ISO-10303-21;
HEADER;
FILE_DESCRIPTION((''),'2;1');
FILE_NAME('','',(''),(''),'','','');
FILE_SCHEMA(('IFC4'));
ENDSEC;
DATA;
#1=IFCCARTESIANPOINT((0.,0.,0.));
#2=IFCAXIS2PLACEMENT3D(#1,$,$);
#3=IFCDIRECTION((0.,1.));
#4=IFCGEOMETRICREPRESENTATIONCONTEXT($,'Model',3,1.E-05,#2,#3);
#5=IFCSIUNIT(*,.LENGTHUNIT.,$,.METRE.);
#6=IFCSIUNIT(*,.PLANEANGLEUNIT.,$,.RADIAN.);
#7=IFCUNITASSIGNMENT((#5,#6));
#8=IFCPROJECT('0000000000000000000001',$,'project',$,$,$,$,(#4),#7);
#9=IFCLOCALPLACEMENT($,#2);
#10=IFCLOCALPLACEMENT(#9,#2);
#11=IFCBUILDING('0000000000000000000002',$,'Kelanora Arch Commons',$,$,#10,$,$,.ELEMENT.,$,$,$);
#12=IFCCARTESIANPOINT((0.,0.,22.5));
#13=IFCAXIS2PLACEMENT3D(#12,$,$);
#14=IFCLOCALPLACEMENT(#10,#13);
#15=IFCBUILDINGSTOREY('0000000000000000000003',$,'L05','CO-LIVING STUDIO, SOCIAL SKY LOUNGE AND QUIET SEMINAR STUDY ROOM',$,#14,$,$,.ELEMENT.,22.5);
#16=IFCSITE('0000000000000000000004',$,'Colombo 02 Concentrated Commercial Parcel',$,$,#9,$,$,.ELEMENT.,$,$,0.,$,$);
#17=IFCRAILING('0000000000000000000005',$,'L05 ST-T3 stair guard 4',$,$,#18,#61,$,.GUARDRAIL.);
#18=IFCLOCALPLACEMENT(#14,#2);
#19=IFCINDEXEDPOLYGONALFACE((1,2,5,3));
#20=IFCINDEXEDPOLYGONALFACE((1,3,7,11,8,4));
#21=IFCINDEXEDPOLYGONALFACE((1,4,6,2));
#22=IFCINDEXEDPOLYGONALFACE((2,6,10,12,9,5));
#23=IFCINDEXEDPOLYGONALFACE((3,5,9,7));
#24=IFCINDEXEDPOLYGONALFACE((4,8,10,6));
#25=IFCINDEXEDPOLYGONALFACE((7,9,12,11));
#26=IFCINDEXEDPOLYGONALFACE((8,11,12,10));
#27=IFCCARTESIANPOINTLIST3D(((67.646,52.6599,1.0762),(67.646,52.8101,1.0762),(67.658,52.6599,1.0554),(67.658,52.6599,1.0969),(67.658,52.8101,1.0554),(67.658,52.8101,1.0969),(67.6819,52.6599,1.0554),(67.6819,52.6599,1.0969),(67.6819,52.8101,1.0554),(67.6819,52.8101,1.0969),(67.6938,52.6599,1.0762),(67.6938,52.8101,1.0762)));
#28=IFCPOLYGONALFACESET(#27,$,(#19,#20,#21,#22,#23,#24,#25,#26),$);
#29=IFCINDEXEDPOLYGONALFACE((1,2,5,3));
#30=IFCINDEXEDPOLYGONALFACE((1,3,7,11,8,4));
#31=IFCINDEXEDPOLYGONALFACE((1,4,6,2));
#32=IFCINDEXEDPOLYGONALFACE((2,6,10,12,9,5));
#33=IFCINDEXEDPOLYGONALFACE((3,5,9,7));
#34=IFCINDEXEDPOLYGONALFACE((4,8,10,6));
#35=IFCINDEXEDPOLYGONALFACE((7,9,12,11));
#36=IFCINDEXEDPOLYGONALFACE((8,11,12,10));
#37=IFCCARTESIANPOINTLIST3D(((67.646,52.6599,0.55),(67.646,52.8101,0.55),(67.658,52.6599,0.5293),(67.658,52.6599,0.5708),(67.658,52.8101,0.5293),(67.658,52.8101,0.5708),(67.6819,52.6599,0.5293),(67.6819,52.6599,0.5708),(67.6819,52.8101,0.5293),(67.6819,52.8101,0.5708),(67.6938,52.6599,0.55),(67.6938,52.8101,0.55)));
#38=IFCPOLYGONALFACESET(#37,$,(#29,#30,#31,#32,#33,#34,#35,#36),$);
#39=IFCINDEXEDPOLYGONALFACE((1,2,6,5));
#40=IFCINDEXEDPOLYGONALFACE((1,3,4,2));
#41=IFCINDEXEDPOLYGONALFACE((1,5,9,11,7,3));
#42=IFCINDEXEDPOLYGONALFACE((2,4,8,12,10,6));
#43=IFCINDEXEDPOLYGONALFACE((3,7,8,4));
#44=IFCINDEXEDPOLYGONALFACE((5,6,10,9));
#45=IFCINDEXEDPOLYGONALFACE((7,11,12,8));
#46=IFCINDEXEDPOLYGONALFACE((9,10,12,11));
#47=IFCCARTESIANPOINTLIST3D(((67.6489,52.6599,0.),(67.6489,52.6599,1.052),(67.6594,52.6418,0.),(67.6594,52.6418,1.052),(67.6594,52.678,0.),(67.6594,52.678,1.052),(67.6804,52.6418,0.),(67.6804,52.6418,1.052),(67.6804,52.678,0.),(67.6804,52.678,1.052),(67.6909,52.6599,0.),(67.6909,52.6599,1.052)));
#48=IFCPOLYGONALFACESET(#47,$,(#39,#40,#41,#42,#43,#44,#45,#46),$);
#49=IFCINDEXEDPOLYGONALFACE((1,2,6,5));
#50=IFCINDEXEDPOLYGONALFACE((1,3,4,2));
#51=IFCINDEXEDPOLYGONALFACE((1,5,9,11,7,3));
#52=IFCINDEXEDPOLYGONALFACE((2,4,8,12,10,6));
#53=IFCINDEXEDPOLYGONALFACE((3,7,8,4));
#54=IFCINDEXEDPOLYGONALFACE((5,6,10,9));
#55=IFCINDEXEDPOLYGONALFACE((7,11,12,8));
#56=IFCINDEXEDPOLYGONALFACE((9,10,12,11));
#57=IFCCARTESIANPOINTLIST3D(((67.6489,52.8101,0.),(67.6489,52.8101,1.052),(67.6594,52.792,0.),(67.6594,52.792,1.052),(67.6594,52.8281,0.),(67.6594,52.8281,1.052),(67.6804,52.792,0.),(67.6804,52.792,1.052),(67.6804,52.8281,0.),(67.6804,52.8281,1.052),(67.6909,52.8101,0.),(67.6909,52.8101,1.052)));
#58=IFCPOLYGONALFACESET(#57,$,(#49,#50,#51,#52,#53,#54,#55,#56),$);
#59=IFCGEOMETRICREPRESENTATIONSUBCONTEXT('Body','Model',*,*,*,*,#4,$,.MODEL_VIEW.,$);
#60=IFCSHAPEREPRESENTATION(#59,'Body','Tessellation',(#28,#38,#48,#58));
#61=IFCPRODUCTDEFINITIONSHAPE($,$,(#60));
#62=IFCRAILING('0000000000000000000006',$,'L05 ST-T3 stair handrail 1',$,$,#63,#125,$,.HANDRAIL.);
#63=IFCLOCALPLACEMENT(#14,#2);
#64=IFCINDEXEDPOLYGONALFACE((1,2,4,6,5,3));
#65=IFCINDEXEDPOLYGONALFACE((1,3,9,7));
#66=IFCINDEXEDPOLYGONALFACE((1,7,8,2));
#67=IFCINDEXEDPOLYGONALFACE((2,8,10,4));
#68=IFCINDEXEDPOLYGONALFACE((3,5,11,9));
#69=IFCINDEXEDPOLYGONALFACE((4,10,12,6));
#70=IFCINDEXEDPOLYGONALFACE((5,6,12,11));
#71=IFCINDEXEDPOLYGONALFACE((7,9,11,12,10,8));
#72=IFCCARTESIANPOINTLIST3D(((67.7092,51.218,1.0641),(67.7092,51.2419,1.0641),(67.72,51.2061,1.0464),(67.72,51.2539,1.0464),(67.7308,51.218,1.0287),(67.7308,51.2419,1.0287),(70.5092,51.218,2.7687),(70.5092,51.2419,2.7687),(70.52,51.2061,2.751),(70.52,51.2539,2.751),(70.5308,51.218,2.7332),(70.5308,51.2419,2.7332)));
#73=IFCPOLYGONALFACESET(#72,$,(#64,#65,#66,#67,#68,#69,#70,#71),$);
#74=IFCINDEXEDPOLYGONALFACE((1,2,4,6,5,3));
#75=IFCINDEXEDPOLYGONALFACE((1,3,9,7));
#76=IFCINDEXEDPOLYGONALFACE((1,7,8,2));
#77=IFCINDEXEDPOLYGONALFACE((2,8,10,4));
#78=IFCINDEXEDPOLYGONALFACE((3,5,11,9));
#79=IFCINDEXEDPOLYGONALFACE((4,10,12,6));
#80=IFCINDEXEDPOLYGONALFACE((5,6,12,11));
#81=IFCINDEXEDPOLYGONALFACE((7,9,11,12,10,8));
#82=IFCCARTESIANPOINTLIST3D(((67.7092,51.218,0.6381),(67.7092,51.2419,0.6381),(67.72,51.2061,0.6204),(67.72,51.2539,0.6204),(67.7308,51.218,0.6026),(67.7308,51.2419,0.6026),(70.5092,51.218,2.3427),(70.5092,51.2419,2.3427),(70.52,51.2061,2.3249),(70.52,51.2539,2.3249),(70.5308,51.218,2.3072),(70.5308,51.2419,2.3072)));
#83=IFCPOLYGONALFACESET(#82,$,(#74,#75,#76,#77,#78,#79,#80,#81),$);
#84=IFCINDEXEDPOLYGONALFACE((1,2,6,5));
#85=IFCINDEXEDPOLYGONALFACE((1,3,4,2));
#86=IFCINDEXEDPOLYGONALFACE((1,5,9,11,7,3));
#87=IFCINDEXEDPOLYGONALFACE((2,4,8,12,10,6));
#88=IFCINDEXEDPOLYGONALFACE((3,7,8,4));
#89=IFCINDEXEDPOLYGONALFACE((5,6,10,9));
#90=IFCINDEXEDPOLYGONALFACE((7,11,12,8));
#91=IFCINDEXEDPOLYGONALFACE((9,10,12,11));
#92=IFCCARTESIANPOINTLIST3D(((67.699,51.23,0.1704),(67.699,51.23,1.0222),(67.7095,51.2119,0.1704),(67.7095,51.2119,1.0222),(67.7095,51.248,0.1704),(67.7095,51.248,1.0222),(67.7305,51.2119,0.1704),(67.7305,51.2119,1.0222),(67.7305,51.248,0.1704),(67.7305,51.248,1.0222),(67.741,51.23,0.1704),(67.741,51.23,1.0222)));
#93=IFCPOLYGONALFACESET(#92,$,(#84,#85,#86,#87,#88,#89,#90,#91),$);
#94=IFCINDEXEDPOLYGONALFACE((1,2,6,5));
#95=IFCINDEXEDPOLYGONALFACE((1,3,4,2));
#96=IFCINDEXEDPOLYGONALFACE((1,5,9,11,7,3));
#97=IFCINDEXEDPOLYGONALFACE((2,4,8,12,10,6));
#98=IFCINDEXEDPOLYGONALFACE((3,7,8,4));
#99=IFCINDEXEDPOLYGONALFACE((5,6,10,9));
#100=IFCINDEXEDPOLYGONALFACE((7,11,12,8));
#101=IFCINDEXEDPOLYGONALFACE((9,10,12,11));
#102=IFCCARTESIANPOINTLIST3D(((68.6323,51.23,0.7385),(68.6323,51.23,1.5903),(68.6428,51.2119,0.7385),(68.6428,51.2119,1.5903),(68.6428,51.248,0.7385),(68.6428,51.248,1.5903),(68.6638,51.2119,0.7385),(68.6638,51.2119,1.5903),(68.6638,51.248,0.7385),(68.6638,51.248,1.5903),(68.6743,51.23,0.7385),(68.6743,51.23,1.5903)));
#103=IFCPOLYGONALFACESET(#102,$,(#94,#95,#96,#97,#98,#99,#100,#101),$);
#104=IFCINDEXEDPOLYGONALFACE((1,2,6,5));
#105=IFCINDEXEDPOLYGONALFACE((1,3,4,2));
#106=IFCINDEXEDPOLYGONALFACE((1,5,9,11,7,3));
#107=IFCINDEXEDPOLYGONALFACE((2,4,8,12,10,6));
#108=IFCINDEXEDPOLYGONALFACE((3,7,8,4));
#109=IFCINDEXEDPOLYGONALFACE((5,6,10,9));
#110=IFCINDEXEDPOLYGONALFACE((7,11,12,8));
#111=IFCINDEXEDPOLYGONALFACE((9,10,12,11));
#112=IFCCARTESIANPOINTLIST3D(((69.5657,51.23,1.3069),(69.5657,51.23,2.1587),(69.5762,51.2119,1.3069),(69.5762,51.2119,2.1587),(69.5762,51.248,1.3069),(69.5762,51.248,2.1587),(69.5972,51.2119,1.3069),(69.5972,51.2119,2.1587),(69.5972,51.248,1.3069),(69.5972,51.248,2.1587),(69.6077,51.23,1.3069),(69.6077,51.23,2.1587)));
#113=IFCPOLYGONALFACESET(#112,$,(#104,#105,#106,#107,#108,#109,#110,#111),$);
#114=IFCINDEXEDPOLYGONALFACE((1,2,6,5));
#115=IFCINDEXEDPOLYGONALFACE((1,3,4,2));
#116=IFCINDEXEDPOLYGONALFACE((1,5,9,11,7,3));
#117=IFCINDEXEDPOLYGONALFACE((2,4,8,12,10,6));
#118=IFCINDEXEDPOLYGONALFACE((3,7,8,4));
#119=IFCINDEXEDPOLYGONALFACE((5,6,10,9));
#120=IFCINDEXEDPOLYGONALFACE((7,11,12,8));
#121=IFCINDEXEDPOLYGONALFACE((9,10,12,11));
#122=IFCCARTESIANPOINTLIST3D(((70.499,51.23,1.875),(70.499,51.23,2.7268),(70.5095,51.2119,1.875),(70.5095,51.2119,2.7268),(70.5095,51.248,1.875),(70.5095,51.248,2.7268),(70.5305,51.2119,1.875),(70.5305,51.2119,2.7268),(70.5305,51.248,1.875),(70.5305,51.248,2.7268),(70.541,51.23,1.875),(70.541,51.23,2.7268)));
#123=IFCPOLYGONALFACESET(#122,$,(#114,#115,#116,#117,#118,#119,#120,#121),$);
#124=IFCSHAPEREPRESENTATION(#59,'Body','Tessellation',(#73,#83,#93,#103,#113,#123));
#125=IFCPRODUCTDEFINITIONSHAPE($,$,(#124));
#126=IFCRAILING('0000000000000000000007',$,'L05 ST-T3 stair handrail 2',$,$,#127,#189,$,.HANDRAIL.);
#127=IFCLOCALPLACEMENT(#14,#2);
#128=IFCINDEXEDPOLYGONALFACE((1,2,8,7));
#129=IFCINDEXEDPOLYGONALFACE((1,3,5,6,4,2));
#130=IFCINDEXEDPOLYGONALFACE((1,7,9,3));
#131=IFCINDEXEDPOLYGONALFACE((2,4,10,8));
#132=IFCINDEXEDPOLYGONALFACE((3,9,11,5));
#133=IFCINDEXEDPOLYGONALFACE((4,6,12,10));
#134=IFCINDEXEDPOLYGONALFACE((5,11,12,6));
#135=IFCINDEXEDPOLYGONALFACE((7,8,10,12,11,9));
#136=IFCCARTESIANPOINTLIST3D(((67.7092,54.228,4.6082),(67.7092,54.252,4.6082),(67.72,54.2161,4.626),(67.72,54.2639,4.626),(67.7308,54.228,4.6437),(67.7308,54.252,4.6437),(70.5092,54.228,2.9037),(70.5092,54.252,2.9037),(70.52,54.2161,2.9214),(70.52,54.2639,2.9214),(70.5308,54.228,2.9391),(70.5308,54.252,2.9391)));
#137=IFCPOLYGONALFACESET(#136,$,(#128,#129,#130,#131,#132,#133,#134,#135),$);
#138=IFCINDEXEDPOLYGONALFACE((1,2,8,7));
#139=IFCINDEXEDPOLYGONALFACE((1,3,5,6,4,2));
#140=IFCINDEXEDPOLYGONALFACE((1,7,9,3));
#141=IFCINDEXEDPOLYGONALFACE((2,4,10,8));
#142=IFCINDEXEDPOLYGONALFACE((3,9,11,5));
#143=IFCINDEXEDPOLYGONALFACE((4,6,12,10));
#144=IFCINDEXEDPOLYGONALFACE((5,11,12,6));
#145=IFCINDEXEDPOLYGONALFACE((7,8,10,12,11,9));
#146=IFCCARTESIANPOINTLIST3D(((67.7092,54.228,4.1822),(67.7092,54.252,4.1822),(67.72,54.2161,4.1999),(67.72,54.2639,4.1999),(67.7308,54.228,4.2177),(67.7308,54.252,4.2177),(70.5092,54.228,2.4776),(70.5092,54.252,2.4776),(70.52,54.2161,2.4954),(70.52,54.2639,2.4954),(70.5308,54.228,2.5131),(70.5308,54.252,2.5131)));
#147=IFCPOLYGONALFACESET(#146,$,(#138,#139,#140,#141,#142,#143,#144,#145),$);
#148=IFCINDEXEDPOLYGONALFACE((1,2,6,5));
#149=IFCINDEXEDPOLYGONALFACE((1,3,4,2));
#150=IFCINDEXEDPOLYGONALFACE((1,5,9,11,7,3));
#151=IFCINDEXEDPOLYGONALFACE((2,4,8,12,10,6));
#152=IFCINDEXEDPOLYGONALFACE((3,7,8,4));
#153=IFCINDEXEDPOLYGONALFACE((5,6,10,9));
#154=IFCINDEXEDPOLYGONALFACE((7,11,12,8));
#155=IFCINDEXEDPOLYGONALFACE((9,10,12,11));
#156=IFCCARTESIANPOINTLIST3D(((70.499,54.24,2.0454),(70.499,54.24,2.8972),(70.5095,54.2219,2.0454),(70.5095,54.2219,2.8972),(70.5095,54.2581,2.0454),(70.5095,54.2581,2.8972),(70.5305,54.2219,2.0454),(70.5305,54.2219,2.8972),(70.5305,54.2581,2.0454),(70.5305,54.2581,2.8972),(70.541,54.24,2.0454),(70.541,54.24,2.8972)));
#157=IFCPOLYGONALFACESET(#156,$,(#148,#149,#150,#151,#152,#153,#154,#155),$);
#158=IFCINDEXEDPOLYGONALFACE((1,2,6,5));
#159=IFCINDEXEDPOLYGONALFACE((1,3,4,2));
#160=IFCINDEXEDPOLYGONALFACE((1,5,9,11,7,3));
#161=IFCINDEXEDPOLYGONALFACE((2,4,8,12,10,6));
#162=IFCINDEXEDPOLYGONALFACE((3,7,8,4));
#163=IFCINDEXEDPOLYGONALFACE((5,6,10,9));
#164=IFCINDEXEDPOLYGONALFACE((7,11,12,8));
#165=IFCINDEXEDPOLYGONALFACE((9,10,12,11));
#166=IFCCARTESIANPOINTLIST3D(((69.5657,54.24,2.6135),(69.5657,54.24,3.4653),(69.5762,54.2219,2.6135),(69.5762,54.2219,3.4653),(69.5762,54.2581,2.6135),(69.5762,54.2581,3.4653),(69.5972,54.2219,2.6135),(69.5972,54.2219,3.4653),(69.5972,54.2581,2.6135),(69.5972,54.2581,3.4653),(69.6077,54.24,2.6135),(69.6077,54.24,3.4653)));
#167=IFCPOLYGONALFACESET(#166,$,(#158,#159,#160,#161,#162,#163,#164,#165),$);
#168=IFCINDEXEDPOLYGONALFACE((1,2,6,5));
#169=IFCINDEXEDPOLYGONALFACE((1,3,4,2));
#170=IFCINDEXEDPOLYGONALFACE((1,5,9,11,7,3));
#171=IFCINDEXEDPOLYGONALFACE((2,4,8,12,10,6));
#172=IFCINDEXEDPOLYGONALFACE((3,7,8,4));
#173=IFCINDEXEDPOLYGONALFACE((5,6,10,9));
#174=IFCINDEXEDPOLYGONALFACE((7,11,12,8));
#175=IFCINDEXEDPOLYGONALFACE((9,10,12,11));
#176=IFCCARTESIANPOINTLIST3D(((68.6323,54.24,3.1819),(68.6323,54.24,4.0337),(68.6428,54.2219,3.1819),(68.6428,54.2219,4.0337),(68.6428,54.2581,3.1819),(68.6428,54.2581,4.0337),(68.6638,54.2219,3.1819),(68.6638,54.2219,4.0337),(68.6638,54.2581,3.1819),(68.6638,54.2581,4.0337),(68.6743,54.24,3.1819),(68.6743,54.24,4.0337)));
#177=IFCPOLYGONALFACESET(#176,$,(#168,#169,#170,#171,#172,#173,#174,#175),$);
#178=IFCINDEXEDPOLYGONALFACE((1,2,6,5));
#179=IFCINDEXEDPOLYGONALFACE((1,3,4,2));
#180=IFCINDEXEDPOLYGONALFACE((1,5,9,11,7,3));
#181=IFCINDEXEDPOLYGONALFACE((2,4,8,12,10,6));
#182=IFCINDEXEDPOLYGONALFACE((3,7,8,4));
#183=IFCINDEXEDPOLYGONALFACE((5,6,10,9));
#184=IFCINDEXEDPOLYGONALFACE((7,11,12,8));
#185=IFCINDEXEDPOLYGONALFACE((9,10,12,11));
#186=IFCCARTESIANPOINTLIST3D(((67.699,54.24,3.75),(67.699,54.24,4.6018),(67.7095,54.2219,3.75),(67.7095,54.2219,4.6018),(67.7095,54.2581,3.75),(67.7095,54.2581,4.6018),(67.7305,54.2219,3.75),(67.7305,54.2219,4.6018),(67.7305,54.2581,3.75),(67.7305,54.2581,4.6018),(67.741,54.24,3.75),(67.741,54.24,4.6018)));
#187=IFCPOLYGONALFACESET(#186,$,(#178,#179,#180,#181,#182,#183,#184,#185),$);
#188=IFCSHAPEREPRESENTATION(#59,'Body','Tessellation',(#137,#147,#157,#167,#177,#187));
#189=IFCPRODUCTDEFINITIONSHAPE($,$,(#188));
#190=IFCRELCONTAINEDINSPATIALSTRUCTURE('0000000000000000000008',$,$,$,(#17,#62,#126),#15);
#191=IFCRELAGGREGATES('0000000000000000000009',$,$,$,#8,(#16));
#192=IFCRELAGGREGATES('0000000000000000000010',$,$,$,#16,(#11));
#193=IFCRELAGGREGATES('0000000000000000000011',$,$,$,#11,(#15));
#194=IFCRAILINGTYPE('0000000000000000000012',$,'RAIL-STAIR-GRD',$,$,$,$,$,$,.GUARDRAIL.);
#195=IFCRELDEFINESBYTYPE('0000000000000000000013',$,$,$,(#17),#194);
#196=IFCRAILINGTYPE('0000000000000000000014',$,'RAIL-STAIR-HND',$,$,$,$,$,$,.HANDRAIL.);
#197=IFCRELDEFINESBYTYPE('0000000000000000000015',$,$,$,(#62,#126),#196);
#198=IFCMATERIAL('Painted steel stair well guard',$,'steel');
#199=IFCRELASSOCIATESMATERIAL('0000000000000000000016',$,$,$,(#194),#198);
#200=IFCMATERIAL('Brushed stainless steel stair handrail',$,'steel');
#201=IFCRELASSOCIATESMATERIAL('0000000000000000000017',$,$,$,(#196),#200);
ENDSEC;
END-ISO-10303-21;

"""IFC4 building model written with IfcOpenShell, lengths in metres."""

from ifc_helpers import new_model, si_unit, direction, frame, origin, place, context, subcontext, project, spatial, polyline, outline, extrude, material, type_object, element, save


model = new_model("IFC4")

# Units and contexts
model_context = context("Model", 3, precision=1e-05, world=origin(), true_north=direction((0.0, 1.0)))
body_context = subcontext(model_context, "Body", "Model", "MODEL_VIEW")
ifc_project = project(units=[si_unit("LENGTHUNIT", "METRE"), si_unit("PLANEANGLEUNIT", "RADIAN")], contexts=[model_context])

# Site, building, storey
site_placement = place(None, origin())
site = spatial("IfcSite", under=ifc_project, at=site_placement, Name="Colombo 02 Concentrated Commercial Parcel", CompositionType="ELEMENT", RefElevation=0.0)
building_placement = place(site_placement, origin())
building = spatial("IfcBuilding", under=site, at=building_placement, Name="Kelanora Arch Commons", CompositionType="ELEMENT")
storey_placement = place(building_placement, frame((0.0, 0.0, 22.5)))
storey = spatial("IfcBuildingStorey", under=building, at=storey_placement, Name="L05", Description="CO-LIVING STUDIO, SOCIAL SKY LOUNGE AND QUIET SEMINAR STUDY ROOM", CompositionType="ELEMENT", Elevation=22.5)

# Railings
ifc_material_1 = material(Name="Painted steel stair well guard", Category="steel")
railing_type_1 = type_object("IfcRailingType", Name="RAIL-STAIR-GRD", PredefinedType="GUARDRAIL", material=ifc_material_1)
railing_1_placement = place(storey_placement, frame((67.6699, 52.6599, 0.0)))
element("IfcRailing", 1, at=railing_1_placement, inside=storey, type_object=railing_type_1, Name="L05 ST-T3 stair guard 4", PredefinedType="GUARDRAIL", context=body_context, shape_type="SweptSolid", body=[
    extrude(outline(polyline([(0.0239, 0.0), (0.012, 0.0208), (-0.012, 0.0208), (-0.0239, 0.0), (-0.012, -0.0208), (0.012, -0.0208), (0.0239, 0.0)])), frame((0.0, 0.0, 1.0762), z_axis=(0.0, 1.0, 0.0), x_axis=(-1.0, 0.0, 0.0)), (0.0, 0.0, 1.0), 0.1501),
    extrude(outline(polyline([(0.0239, 0.0), (0.012, 0.0208), (-0.012, 0.0208), (-0.0239, 0.0), (-0.012, -0.0208), (0.012, -0.0208), (0.0239, 0.0)])), frame((0.0, 0.0, 0.55), z_axis=(0.0, 1.0, 0.0), x_axis=(-1.0, 0.0, 0.0)), (0.0, 0.0, 1.0), 0.1501),
    extrude(outline(polyline([(0.021, 0.0), (0.0105, 0.0181), (-0.0105, 0.0181), (-0.021, 0.0), (-0.0105, -0.0181), (0.0105, -0.0181), (0.021, 0.0)])), origin(), (0.0, 0.0, 1.0), 1.052),
    extrude(outline(polyline([(0.021, 0.0), (0.0105, 0.0181), (-0.0105, 0.0181), (-0.021, 0.0), (-0.0105, -0.0181), (0.0105, -0.0181), (0.021, 0.0)])), frame((0.0, 0.1501, 0.0)), (0.0, 0.0, 1.0), 1.052),
])
ifc_material_2 = material(Name="Brushed stainless steel stair handrail", Category="steel")
railing_type_2 = type_object("IfcRailingType", Name="RAIL-STAIR-HND", PredefinedType="HANDRAIL", material=ifc_material_2)
railing_2_placement = place(storey_placement, frame((67.72, 51.23, 0.1704)))
element("IfcRailing", 2, at=railing_2_placement, inside=storey, type_object=railing_type_2, Name="L05 ST-T3 stair handrail 1", PredefinedType="HANDRAIL", context=body_context, shape_type="SweptSolid", body=[
    extrude(outline(polyline([(0.0239, 0.0), (0.012, 0.0208), (-0.012, 0.0208), (-0.0239, 0.0), (-0.012, -0.0208), (0.012, -0.0208), (0.0239, 0.0)])), frame((0.0, 0.0, 0.876), z_axis=(0.85417, 0.0, 0.519994), x_axis=(0.0, 1.0, 0.0)), (0.0, 0.0, 1.0), 3.2781),
    extrude(outline(polyline([(0.0239, 0.0), (0.012, 0.0208), (-0.012, 0.0208), (-0.0239, 0.0), (-0.012, -0.0208), (0.012, -0.0208), (0.0239, 0.0)])), frame((0.0, 0.0, 0.45), z_axis=(0.85417, 0.0, 0.519994), x_axis=(0.0, 1.0, 0.0)), (0.0, 0.0, 1.0), 3.2781),
    extrude(outline(polyline([(0.021, 0.0), (0.0105, 0.0181), (-0.0105, 0.0181), (-0.021, 0.0), (-0.0105, -0.0181), (0.0105, -0.0181), (0.021, 0.0)])), origin(), (0.0, 0.0, 1.0), 0.8518),
    extrude(outline(polyline([(0.021, 0.0), (0.0105, 0.0181), (-0.0105, 0.0181), (-0.021, 0.0), (-0.0105, -0.0181), (0.0105, -0.0181), (0.021, 0.0)])), frame((0.9333, 0.0, 0.5681)), (0.0, 0.0, 1.0), 0.8518),
    extrude(outline(polyline([(0.021, 0.0), (0.0105, 0.0181), (-0.0105, 0.0181), (-0.021, 0.0), (-0.0105, -0.0181), (0.0105, -0.0181), (0.021, 0.0)])), frame((1.8667, 0.0, 1.1365)), (0.0, 0.0, 1.0), 0.8518),
    extrude(outline(polyline([(0.021, 0.0), (0.0105, 0.0181), (-0.0105, 0.0181), (-0.021, 0.0), (-0.0105, -0.0181), (0.0105, -0.0181), (0.021, 0.0)])), frame((2.8, 0.0, 1.7046)), (0.0, 0.0, 1.0), 0.8518),
])
railing_3_placement = place(storey_placement, frame((70.52, 54.24, 2.0454)))
element("IfcRailing", 3, at=railing_3_placement, inside=storey, type_object=railing_type_2, Name="L05 ST-T3 stair handrail 2", PredefinedType="HANDRAIL", context=body_context, shape_type="SweptSolid", body=[
    extrude(outline(polyline([(0.0239, 0.0), (0.012, 0.0208), (-0.012, 0.0208), (-0.0239, 0.0), (-0.012, -0.0208), (0.012, -0.0208), (0.0239, 0.0)])), frame((0.0, 0.0, 0.876), z_axis=(-0.85417, 0.0, 0.519994), x_axis=(0.0, -1.0, 0.0)), (0.0, 0.0, 1.0), 3.2781),
    extrude(outline(polyline([(0.0239, 0.0), (0.012, 0.0208), (-0.012, 0.0208), (-0.0239, 0.0), (-0.012, -0.0208), (0.012, -0.0208), (0.0239, 0.0)])), frame((0.0, 0.0, 0.45), z_axis=(-0.85417, 0.0, 0.519994), x_axis=(0.0, -1.0, 0.0)), (0.0, 0.0, 1.0), 3.2781),
    extrude(outline(polyline([(0.021, 0.0), (0.0105, 0.0181), (-0.0105, 0.0181), (-0.021, 0.0), (-0.0105, -0.0181), (0.0105, -0.0181), (0.021, 0.0)])), origin(), (0.0, 0.0, 1.0), 0.8518),
    extrude(outline(polyline([(0.021, 0.0), (0.0105, 0.0181), (-0.0105, 0.0181), (-0.021, 0.0), (-0.0105, -0.0181), (0.0105, -0.0181), (0.021, 0.0)])), frame((-0.9333, 0.0, 0.5681)), (0.0, 0.0, 1.0), 0.8518),
    extrude(outline(polyline([(0.021, 0.0), (0.0105, 0.0181), (-0.0105, 0.0181), (-0.021, 0.0), (-0.0105, -0.0181), (0.0105, -0.0181), (0.021, 0.0)])), frame((-1.8667, 0.0, 1.1365)), (0.0, 0.0, 1.0), 0.8518),
    extrude(outline(polyline([(0.021, 0.0), (0.0105, 0.0181), (-0.0105, 0.0181), (-0.021, 0.0), (-0.0105, -0.0181), (0.0105, -0.0181), (0.021, 0.0)])), frame((-2.8, 0.0, 1.7046)), (0.0, 0.0, 1.0), 0.8518),
])

save(model, "model.ifc")
